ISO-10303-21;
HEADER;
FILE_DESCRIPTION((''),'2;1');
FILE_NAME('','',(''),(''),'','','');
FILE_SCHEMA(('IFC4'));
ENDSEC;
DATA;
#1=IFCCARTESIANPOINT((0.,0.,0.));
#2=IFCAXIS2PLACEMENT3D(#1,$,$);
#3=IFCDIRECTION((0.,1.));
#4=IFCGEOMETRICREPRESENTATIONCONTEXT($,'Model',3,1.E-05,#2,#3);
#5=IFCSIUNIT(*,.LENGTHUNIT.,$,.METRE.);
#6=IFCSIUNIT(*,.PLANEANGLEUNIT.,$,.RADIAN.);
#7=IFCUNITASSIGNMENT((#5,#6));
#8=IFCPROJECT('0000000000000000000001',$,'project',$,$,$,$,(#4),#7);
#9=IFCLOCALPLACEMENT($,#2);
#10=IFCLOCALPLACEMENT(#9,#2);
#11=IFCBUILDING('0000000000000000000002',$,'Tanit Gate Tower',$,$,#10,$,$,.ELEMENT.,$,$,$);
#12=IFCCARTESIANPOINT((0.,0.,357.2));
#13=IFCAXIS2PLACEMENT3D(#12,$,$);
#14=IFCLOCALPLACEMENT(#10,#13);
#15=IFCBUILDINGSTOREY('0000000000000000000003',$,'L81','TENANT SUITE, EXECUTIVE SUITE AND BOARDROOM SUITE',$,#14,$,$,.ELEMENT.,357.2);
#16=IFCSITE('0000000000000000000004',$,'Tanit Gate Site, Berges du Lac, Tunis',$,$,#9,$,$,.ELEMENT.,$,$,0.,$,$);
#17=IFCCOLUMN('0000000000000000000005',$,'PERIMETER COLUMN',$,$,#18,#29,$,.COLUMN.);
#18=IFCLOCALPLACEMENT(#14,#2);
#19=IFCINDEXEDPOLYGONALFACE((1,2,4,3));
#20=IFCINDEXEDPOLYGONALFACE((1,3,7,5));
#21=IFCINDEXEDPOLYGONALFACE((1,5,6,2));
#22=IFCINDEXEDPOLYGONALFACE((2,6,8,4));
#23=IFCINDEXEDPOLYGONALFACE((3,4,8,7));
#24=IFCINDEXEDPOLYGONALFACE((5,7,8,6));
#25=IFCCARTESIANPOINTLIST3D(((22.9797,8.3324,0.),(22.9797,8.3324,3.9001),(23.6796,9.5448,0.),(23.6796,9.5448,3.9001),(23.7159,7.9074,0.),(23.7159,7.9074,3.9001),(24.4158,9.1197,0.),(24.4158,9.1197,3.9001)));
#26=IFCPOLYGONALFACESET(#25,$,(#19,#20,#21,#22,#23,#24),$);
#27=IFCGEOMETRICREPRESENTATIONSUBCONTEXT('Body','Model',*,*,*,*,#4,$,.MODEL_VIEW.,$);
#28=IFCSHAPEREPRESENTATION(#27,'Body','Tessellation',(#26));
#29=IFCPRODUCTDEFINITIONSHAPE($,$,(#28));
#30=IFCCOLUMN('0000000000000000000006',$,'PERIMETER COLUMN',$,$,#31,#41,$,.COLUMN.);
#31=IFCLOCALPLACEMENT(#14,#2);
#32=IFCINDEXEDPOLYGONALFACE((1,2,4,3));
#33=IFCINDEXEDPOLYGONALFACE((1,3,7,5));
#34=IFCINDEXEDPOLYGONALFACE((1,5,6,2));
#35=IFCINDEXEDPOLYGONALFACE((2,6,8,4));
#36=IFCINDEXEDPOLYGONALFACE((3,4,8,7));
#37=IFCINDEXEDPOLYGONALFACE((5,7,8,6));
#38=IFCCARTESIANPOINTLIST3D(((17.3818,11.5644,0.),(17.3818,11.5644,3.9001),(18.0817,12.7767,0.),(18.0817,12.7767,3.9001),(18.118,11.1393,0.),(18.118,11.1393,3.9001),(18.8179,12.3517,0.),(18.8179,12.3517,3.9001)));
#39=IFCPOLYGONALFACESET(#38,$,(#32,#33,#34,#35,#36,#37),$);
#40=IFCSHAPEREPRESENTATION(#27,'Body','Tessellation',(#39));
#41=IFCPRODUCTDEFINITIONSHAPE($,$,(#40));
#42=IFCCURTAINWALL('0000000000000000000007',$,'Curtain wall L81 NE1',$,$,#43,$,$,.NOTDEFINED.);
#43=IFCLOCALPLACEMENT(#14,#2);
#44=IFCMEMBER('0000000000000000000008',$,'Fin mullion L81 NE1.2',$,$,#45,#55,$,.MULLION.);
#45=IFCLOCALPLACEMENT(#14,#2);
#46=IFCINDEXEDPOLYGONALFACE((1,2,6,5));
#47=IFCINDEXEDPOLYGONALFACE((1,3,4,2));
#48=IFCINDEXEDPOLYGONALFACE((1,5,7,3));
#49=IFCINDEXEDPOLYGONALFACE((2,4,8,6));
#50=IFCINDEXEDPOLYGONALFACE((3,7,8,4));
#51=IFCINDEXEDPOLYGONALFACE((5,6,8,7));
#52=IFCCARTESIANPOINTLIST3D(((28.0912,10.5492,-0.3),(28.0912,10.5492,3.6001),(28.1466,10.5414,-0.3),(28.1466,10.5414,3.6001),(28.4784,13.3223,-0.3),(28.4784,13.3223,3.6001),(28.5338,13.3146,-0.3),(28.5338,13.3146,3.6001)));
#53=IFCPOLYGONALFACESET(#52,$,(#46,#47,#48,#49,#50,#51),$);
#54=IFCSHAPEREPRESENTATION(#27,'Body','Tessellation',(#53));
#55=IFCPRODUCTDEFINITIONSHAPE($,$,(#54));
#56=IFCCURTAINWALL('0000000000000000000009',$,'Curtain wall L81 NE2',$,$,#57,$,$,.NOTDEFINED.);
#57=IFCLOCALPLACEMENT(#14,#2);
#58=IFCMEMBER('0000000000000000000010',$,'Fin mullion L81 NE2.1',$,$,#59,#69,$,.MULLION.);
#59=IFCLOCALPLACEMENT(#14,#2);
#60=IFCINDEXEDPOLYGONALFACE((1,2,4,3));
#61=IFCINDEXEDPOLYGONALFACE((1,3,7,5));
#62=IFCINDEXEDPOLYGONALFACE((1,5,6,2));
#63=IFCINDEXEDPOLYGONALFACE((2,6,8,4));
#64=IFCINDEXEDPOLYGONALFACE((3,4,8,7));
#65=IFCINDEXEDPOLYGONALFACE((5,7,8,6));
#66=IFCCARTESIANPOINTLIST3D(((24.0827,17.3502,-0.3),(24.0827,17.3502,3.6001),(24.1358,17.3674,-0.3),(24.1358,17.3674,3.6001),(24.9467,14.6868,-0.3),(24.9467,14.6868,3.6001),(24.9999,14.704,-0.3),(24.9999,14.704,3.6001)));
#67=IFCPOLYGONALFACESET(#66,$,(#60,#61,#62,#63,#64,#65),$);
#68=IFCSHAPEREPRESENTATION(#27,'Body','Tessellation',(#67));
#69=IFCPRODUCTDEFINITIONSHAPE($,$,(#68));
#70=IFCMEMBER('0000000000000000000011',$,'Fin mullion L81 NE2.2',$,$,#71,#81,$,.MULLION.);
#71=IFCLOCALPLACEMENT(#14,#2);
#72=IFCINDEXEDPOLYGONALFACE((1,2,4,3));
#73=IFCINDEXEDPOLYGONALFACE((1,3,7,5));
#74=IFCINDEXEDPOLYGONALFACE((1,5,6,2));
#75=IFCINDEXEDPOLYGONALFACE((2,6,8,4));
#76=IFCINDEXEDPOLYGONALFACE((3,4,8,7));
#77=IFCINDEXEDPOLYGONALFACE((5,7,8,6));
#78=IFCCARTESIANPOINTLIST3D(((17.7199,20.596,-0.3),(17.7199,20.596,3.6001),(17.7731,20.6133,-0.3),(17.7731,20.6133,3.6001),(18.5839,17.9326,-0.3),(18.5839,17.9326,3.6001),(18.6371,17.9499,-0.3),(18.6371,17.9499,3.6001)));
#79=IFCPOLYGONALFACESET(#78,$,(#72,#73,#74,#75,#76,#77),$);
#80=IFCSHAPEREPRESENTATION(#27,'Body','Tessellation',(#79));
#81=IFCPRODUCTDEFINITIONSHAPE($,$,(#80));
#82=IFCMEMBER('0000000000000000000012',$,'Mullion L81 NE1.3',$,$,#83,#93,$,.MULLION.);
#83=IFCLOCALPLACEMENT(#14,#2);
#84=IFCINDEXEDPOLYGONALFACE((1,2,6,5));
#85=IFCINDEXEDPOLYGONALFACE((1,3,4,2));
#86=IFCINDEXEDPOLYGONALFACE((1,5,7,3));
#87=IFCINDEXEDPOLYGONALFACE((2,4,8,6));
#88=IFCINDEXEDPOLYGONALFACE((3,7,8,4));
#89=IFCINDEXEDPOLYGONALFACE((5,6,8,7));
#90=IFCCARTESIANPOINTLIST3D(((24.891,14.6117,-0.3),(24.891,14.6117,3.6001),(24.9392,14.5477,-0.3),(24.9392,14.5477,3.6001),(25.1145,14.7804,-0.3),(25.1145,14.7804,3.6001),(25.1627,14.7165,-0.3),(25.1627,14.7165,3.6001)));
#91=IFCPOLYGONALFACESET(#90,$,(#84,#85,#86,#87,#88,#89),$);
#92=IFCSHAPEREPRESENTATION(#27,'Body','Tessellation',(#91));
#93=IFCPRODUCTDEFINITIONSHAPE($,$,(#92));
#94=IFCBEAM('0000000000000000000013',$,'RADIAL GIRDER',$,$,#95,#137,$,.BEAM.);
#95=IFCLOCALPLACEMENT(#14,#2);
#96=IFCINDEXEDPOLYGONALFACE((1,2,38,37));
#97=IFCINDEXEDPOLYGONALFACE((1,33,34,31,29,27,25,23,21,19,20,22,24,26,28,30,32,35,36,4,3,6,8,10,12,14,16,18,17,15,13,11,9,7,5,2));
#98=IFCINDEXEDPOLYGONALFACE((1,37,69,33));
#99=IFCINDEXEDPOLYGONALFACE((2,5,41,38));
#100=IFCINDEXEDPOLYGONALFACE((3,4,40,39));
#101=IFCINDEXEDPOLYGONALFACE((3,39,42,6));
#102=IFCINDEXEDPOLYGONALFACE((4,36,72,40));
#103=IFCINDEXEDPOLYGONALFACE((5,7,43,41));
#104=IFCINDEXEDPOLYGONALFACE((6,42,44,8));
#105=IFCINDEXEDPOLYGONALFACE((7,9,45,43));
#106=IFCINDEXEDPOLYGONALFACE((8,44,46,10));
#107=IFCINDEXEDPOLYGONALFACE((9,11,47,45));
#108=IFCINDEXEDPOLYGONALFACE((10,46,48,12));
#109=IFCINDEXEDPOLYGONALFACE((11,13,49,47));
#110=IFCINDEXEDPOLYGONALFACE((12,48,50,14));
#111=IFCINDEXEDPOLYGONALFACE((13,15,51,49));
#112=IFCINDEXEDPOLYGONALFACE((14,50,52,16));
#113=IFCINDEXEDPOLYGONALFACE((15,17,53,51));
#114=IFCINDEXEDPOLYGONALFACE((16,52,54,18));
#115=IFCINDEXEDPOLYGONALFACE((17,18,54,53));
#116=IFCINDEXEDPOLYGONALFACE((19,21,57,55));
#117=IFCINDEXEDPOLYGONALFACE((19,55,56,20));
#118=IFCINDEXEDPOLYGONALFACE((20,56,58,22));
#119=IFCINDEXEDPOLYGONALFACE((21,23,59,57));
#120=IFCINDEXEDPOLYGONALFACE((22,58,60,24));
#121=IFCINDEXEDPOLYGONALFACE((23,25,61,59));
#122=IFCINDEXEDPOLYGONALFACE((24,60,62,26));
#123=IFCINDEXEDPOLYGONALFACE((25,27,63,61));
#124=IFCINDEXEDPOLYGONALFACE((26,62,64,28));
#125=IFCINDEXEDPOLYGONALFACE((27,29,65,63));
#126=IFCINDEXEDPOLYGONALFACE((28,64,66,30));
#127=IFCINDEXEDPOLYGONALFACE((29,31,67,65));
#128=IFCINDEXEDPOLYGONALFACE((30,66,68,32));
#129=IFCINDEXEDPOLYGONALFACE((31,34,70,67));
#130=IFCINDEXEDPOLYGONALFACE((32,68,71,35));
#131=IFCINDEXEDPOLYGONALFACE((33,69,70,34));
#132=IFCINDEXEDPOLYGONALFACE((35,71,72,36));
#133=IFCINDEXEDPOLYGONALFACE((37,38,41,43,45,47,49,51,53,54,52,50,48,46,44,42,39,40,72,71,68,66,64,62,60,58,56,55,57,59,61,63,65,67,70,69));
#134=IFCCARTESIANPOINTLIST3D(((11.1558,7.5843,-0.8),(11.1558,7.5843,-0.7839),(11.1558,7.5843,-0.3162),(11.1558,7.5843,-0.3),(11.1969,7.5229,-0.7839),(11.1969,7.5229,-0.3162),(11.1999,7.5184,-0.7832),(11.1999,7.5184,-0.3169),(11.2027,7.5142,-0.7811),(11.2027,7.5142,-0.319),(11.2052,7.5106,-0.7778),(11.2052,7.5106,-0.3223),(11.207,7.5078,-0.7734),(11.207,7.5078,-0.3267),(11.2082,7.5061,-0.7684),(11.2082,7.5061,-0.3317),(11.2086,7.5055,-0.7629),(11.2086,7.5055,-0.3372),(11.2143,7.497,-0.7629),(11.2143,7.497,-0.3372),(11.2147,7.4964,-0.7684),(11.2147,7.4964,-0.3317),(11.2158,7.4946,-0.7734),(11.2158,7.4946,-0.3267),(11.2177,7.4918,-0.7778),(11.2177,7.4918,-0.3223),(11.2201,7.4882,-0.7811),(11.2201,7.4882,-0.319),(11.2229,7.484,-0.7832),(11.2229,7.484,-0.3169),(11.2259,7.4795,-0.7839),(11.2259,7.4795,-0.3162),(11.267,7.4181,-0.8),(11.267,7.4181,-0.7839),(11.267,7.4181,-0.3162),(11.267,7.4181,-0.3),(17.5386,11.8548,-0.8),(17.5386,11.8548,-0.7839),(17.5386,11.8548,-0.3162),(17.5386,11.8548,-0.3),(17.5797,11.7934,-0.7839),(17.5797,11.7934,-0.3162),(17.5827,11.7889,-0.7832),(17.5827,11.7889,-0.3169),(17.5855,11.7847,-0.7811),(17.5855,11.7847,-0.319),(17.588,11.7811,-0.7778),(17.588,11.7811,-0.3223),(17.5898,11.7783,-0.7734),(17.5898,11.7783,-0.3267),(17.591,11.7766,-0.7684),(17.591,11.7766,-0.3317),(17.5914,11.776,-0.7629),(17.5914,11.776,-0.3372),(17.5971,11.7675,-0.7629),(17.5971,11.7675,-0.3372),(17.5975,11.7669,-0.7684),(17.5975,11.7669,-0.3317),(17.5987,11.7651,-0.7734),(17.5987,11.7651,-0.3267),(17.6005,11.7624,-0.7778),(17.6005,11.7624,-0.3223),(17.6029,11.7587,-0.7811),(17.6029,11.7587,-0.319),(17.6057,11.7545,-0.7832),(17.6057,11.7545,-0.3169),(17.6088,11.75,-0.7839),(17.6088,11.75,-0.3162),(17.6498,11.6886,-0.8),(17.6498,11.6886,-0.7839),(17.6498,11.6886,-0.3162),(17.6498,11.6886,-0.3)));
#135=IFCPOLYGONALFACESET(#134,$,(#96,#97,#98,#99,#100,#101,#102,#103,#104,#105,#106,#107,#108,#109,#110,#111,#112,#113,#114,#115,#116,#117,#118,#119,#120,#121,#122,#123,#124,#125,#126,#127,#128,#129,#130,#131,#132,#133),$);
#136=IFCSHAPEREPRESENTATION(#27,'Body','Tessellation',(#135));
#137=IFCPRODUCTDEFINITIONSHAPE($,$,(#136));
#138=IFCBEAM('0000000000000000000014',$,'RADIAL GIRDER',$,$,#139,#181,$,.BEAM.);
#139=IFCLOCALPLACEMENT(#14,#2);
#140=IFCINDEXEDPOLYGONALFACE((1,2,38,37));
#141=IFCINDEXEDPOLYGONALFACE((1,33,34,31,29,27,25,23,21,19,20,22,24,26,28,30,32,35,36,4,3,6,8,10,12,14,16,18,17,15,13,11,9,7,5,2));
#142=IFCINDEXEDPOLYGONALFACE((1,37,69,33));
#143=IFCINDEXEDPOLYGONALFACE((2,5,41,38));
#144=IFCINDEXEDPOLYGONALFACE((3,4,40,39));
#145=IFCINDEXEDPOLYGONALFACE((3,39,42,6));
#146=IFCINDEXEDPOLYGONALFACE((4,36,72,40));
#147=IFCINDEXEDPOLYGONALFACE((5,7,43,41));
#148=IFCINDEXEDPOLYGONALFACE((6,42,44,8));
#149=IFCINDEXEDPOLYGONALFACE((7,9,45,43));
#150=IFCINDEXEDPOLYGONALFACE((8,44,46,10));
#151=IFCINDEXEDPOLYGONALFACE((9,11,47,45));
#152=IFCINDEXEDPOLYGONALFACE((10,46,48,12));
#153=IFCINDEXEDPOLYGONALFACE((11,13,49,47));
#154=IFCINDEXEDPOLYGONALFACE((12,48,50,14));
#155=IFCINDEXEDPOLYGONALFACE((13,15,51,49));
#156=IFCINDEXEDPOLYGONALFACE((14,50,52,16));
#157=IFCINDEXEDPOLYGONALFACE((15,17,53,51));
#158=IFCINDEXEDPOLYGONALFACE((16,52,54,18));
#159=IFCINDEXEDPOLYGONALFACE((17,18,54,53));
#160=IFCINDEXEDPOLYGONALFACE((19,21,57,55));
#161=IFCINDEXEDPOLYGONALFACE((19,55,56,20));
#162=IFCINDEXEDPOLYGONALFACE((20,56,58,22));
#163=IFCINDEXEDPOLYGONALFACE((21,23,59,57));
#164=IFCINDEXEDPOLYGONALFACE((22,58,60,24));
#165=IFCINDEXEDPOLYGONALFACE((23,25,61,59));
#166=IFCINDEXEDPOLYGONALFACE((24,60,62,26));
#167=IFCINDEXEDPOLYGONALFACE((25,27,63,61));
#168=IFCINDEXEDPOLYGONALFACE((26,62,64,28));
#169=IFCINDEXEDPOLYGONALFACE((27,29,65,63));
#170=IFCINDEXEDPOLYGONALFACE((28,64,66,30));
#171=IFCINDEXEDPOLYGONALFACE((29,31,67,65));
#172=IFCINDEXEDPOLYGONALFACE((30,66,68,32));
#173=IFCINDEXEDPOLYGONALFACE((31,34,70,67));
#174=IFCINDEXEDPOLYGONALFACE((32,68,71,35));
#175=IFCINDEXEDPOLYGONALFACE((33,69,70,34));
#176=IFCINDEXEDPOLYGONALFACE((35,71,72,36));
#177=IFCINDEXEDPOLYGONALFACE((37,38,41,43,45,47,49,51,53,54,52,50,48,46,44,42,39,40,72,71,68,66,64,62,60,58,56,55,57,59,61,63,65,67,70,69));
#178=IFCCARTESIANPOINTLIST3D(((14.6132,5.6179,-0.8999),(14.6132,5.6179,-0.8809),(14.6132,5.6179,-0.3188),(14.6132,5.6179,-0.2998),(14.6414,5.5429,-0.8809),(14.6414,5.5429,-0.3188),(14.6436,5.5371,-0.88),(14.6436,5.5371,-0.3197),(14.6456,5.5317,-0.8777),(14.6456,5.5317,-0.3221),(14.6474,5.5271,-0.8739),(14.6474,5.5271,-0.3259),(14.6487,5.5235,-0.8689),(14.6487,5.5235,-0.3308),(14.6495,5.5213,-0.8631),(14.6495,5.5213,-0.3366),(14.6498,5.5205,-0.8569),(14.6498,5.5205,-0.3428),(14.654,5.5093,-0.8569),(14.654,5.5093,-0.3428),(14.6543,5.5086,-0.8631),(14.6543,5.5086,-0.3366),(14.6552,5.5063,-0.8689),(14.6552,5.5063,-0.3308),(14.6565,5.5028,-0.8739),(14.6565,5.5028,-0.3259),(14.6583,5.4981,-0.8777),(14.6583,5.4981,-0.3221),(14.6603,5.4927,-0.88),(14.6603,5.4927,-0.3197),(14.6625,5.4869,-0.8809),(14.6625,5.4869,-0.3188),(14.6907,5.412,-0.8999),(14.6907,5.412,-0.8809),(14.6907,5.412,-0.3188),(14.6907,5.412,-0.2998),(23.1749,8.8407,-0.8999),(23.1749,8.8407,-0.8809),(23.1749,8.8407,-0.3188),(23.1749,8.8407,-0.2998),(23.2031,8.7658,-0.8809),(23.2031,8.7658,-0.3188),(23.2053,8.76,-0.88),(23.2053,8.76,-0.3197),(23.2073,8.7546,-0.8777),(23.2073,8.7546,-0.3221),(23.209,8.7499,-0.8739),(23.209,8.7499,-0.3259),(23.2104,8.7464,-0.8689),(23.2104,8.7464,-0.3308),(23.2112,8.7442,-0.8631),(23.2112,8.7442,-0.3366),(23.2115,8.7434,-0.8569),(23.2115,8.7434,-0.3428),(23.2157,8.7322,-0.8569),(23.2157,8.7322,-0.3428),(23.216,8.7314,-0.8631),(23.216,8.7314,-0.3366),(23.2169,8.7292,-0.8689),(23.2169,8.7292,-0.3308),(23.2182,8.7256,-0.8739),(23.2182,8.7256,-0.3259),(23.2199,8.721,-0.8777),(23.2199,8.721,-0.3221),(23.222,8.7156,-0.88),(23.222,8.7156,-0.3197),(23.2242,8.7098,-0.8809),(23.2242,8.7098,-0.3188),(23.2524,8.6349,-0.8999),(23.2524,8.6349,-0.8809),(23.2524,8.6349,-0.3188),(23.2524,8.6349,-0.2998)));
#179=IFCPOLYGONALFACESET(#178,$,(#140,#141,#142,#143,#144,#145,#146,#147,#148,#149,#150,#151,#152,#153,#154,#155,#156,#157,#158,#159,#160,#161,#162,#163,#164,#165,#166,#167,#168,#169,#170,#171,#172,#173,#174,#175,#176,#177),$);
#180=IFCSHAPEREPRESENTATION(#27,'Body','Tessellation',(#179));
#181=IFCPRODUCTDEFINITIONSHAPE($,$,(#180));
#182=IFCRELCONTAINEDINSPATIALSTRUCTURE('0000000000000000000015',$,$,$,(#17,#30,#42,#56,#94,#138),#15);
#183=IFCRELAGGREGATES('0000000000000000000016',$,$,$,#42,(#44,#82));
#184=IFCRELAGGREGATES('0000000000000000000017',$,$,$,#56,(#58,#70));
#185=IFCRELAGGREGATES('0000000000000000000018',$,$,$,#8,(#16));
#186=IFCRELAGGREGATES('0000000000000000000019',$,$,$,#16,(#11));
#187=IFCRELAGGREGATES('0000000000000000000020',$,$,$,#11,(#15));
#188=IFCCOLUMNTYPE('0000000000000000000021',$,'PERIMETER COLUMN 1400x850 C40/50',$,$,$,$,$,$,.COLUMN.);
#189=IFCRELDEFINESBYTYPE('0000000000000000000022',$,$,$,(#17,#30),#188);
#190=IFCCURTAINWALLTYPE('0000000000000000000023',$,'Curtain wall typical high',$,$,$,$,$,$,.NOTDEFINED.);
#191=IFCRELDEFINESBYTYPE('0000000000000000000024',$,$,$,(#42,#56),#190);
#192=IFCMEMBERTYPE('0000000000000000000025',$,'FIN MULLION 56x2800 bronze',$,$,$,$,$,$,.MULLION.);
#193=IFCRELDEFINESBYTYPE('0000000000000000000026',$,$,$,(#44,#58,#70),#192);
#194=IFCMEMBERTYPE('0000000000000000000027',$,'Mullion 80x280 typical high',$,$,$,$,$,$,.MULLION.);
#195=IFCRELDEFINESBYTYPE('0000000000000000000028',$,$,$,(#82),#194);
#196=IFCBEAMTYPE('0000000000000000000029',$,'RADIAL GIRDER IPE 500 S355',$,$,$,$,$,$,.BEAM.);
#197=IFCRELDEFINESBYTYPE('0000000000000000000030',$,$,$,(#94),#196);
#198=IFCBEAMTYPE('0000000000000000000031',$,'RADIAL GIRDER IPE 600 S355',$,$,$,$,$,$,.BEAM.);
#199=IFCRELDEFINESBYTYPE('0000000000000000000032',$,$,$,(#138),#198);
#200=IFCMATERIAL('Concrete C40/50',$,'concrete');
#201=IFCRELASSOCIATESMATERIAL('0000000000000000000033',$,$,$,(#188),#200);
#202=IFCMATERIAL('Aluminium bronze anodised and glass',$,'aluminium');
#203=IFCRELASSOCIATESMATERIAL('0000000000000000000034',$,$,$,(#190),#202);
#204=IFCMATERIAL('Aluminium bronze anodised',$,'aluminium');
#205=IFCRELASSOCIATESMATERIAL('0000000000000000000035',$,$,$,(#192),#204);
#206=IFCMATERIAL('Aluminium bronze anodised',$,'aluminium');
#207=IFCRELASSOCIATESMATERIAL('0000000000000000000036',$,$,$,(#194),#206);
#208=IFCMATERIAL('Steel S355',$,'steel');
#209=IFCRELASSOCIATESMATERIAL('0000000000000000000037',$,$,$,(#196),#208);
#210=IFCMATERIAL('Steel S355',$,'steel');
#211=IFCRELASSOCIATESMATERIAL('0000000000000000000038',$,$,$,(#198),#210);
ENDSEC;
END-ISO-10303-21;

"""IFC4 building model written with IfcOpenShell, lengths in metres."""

from ifc_helpers import new_model, si_unit, direction, frame, origin, origin_2d, place, context, subcontext, project, spatial, rectangle, i_section, extrude, material, material_profile, profile_set, type_object, element, aggregate, save


model = new_model("IFC4")

# Units and contexts
model_context = context("Model", 3, precision=1e-05, world=origin(), true_north=direction((0.0, 1.0)))
body_context = subcontext(model_context, "Body", "Model", "MODEL_VIEW")
ifc_project = project(units=[si_unit("LENGTHUNIT", "METRE"), si_unit("PLANEANGLEUNIT", "RADIAN")], contexts=[model_context])

# Site, building, storey
site_placement = place(None, origin())
site = spatial("IfcSite", under=ifc_project, at=site_placement, Name="Tanit Gate Site, Berges du Lac, Tunis", CompositionType="ELEMENT", RefElevation=0.0)
building_placement = place(site_placement, origin())
building = spatial("IfcBuilding", under=site, at=building_placement, Name="Tanit Gate Tower", CompositionType="ELEMENT")
storey_placement = place(building_placement, frame((0.0, 0.0, 357.2)))
storey = spatial("IfcBuildingStorey", under=building, at=storey_placement, Name="L81", Description="TENANT SUITE, EXECUTIVE SUITE AND BOARDROOM SUITE", CompositionType="ELEMENT", Elevation=357.2)

# Columns
ifc_material_1 = material(Name="Concrete C40/50", Category="concrete")
ifc_material_profile_1 = material_profile(ifc_material_1, rectangle(XDim=1.3999, YDim=0.8501, at=origin_2d()), Name="RC 1400x850")
ifc_profile_set_1 = profile_set([ifc_material_profile_1], Name="Concrete C40/50")
column_type = type_object("IfcColumnType", Name="PERIMETER COLUMN 1400x850 C40/50", PredefinedType="COLUMN", material=ifc_profile_set_1)
for number, where, z_axis, x_axis, name in (
    (1, (23.6978, 8.7261, 0.0), (0.0, 0.0, 1.0), (0.5, 0.866025, 0.0), "PERIMETER COLUMN"),
    (2, (18.0999, 11.958, 0.0), (0.0, 0.0, 1.0), (0.5, 0.866025, 0.0), "PERIMETER COLUMN"),
):
    element("IfcColumn", number, at=place(storey_placement, frame(where, z_axis=z_axis, x_axis=x_axis)), inside=storey, type_object=column_type, Name=name, PredefinedType="COLUMN", context=body_context, shape_type="SweptSolid", body=[
        extrude(rectangle(XDim=1.3999, YDim=0.8501, at=origin_2d()), origin(), (0.0, 0.0, 1.0), 3.9001),
    ])

# Curtain wall, member
ifc_material_2 = material(Name="Aluminium bronze anodised and glass", Category="aluminium")
curtain_wall_type = type_object("IfcCurtainWallType", Name="Curtain wall typical high", PredefinedType="NOTDEFINED", material=ifc_material_2)
curtain_wall_1_placement = place(storey_placement, origin())
curtain_wall_1 = element("IfcCurtainWall", 3, at=curtain_wall_1_placement, inside=storey, type_object=curtain_wall_type, Name="Curtain wall L81 NE1", PredefinedType="NOTDEFINED")
ifc_material_3 = material(Name="Aluminium bronze anodised", Category="aluminium")
ifc_material_profile_2 = material_profile(ifc_material_3, rectangle(XDim=2.8, YDim=0.0559, at=origin_2d()), Name="56x2800 bronze fin mullion")
ifc_profile_set_2 = profile_set([ifc_material_profile_2], Name="Aluminium bronze anodised")
member_type_1 = type_object("IfcMemberType", Name="FIN MULLION 56x2800 bronze", PredefinedType="MULLION", material=ifc_profile_set_2)
member_1_placement = place(storey_placement, frame((28.3125, 11.9319, -0.3), z_axis=(0.0, 0.0, 1.0), x_axis=(-0.138285, -0.990392, 0.0)))
member_1 = element("IfcMember", 4, at=member_1_placement, type_object=member_type_1, Name="Fin mullion L81 NE1.2", PredefinedType="MULLION", context=body_context, shape_type="SweptSolid", body=[
    extrude(rectangle(XDim=2.8, YDim=0.0559, at=origin_2d()), origin(), (0.0, 0.0, 1.0), 3.9001),
])

# Curtain wall, members
curtain_wall_2_placement = place(storey_placement, origin())
curtain_wall_2 = element("IfcCurtainWall", 5, at=curtain_wall_2_placement, inside=storey, type_object=curtain_wall_type, Name="Curtain wall L81 NE2", PredefinedType="NOTDEFINED")
member_2_placement = place(storey_placement, frame((24.5413, 16.0271, -0.3), z_axis=(0.0, 0.0, 1.0), x_axis=(0.308568, -0.951202, 0.0)))
member_2 = element("IfcMember", 6, at=member_2_placement, type_object=member_type_1, Name="Fin mullion L81 NE2.1", PredefinedType="MULLION", context=body_context, shape_type="SweptSolid", body=[
    extrude(rectangle(XDim=2.8, YDim=0.0559, at=origin_2d()), origin(), (0.0, 0.0, 1.0), 3.9001),
])
member_3_placement = place(storey_placement, frame((18.1785, 19.2729, -0.3), z_axis=(0.0, 0.0, 1.0), x_axis=(0.308568, -0.951202, 0.0)))
member_3 = element("IfcMember", 7, at=member_3_placement, type_object=member_type_1, Name="Fin mullion L81 NE2.2", PredefinedType="MULLION", context=body_context, shape_type="SweptSolid", body=[
    extrude(rectangle(XDim=2.8, YDim=0.0559, at=origin_2d()), origin(), (0.0, 0.0, 1.0), 3.9001),
])

# Member
ifc_material_4 = material(Name="Aluminium bronze anodised", Category="aluminium")
ifc_material_profile_3 = material_profile(ifc_material_4, rectangle(XDim=0.28, YDim=0.0801, at=origin_2d()), Name="80x280 bronze mullion")
ifc_profile_set_3 = profile_set([ifc_material_profile_3], Name="Aluminium bronze anodised")
member_type_2 = type_object("IfcMemberType", Name="Mullion 80x280 typical high", PredefinedType="MULLION", material=ifc_profile_set_3)
member_4_placement = place(storey_placement, frame((25.0269, 14.6641, -0.3), z_axis=(0.0, 0.0, 1.0), x_axis=(-0.798096, -0.602531, 0.0)))
member_4 = element("IfcMember", 8, at=member_4_placement, type_object=member_type_2, Name="Mullion L81 NE1.3", PredefinedType="MULLION", context=body_context, shape_type="SweptSolid", body=[
    extrude(rectangle(XDim=0.28, YDim=0.0801, at=origin_2d()), origin(), (0.0, 0.0, 1.0), 3.9001),
])

# Beams
ifc_material_5 = material(Name="Steel S355", Category="steel")
ifc_material_profile_4 = material_profile(ifc_material_5, i_section(OverallWidth=0.2, OverallDepth=0.5, WebThickness=0.0103, FlangeThickness=0.0161, FilletRadius=0.021, at=origin_2d()), Name="IPE 500")
ifc_profile_set_4 = profile_set([ifc_material_profile_4], Name="Steel S355")
beam_type_1 = type_object("IfcBeamType", Name="RADIAL GIRDER IPE 500 S355", PredefinedType="BEAM", material=ifc_profile_set_4)
beam_1_placement = place(storey_placement, frame((17.5942, 11.7717, -0.55), z_axis=(-0.83113, -0.556079, 0.0), x_axis=(0.556079, -0.83113, 0.0)))
element("IfcBeam", 9, at=beam_1_placement, inside=storey, type_object=beam_type_1, Name="RADIAL GIRDER", PredefinedType="BEAM", context=body_context, shape_type="SweptSolid", body=[
    extrude(i_section(OverallWidth=0.2, OverallDepth=0.5, WebThickness=0.0103, FlangeThickness=0.0161, FilletRadius=0.021, at=origin_2d()), origin(), (0.0, 0.0, 1.0), 7.6797),
])
ifc_material_6 = material(Name="Steel S355", Category="steel")
ifc_material_profile_5 = material_profile(ifc_material_6, i_section(OverallWidth=0.22, OverallDepth=0.6001, WebThickness=0.012, FlangeThickness=0.019, FilletRadius=0.0239, at=origin_2d()), Name="IPE 600")
ifc_profile_set_5 = profile_set([ifc_material_profile_5], Name="Steel S355")
beam_type_2 = type_object("IfcBeamType", Name="RADIAL GIRDER IPE 600 S355", PredefinedType="BEAM", material=ifc_profile_set_5)
beam_2_placement = place(storey_placement, frame((23.2136, 8.7378, -0.5999), z_axis=(-0.935889, -0.352296, 0.0), x_axis=(0.352296, -0.935889, 0.0)))
element("IfcBeam", 10, at=beam_2_placement, inside=storey, type_object=beam_type_2, Name="RADIAL GIRDER", PredefinedType="BEAM", context=body_context, shape_type="SweptSolid", body=[
    extrude(i_section(OverallWidth=0.22, OverallDepth=0.6001, WebThickness=0.012, FlangeThickness=0.019, FilletRadius=0.0239, at=origin_2d()), origin(), (0.0, 0.0, 1.0), 9.1482),
])

aggregate(curtain_wall_1, [member_1, member_4])
aggregate(curtain_wall_2, [member_2, member_3])

save(model, "model.ifc")
